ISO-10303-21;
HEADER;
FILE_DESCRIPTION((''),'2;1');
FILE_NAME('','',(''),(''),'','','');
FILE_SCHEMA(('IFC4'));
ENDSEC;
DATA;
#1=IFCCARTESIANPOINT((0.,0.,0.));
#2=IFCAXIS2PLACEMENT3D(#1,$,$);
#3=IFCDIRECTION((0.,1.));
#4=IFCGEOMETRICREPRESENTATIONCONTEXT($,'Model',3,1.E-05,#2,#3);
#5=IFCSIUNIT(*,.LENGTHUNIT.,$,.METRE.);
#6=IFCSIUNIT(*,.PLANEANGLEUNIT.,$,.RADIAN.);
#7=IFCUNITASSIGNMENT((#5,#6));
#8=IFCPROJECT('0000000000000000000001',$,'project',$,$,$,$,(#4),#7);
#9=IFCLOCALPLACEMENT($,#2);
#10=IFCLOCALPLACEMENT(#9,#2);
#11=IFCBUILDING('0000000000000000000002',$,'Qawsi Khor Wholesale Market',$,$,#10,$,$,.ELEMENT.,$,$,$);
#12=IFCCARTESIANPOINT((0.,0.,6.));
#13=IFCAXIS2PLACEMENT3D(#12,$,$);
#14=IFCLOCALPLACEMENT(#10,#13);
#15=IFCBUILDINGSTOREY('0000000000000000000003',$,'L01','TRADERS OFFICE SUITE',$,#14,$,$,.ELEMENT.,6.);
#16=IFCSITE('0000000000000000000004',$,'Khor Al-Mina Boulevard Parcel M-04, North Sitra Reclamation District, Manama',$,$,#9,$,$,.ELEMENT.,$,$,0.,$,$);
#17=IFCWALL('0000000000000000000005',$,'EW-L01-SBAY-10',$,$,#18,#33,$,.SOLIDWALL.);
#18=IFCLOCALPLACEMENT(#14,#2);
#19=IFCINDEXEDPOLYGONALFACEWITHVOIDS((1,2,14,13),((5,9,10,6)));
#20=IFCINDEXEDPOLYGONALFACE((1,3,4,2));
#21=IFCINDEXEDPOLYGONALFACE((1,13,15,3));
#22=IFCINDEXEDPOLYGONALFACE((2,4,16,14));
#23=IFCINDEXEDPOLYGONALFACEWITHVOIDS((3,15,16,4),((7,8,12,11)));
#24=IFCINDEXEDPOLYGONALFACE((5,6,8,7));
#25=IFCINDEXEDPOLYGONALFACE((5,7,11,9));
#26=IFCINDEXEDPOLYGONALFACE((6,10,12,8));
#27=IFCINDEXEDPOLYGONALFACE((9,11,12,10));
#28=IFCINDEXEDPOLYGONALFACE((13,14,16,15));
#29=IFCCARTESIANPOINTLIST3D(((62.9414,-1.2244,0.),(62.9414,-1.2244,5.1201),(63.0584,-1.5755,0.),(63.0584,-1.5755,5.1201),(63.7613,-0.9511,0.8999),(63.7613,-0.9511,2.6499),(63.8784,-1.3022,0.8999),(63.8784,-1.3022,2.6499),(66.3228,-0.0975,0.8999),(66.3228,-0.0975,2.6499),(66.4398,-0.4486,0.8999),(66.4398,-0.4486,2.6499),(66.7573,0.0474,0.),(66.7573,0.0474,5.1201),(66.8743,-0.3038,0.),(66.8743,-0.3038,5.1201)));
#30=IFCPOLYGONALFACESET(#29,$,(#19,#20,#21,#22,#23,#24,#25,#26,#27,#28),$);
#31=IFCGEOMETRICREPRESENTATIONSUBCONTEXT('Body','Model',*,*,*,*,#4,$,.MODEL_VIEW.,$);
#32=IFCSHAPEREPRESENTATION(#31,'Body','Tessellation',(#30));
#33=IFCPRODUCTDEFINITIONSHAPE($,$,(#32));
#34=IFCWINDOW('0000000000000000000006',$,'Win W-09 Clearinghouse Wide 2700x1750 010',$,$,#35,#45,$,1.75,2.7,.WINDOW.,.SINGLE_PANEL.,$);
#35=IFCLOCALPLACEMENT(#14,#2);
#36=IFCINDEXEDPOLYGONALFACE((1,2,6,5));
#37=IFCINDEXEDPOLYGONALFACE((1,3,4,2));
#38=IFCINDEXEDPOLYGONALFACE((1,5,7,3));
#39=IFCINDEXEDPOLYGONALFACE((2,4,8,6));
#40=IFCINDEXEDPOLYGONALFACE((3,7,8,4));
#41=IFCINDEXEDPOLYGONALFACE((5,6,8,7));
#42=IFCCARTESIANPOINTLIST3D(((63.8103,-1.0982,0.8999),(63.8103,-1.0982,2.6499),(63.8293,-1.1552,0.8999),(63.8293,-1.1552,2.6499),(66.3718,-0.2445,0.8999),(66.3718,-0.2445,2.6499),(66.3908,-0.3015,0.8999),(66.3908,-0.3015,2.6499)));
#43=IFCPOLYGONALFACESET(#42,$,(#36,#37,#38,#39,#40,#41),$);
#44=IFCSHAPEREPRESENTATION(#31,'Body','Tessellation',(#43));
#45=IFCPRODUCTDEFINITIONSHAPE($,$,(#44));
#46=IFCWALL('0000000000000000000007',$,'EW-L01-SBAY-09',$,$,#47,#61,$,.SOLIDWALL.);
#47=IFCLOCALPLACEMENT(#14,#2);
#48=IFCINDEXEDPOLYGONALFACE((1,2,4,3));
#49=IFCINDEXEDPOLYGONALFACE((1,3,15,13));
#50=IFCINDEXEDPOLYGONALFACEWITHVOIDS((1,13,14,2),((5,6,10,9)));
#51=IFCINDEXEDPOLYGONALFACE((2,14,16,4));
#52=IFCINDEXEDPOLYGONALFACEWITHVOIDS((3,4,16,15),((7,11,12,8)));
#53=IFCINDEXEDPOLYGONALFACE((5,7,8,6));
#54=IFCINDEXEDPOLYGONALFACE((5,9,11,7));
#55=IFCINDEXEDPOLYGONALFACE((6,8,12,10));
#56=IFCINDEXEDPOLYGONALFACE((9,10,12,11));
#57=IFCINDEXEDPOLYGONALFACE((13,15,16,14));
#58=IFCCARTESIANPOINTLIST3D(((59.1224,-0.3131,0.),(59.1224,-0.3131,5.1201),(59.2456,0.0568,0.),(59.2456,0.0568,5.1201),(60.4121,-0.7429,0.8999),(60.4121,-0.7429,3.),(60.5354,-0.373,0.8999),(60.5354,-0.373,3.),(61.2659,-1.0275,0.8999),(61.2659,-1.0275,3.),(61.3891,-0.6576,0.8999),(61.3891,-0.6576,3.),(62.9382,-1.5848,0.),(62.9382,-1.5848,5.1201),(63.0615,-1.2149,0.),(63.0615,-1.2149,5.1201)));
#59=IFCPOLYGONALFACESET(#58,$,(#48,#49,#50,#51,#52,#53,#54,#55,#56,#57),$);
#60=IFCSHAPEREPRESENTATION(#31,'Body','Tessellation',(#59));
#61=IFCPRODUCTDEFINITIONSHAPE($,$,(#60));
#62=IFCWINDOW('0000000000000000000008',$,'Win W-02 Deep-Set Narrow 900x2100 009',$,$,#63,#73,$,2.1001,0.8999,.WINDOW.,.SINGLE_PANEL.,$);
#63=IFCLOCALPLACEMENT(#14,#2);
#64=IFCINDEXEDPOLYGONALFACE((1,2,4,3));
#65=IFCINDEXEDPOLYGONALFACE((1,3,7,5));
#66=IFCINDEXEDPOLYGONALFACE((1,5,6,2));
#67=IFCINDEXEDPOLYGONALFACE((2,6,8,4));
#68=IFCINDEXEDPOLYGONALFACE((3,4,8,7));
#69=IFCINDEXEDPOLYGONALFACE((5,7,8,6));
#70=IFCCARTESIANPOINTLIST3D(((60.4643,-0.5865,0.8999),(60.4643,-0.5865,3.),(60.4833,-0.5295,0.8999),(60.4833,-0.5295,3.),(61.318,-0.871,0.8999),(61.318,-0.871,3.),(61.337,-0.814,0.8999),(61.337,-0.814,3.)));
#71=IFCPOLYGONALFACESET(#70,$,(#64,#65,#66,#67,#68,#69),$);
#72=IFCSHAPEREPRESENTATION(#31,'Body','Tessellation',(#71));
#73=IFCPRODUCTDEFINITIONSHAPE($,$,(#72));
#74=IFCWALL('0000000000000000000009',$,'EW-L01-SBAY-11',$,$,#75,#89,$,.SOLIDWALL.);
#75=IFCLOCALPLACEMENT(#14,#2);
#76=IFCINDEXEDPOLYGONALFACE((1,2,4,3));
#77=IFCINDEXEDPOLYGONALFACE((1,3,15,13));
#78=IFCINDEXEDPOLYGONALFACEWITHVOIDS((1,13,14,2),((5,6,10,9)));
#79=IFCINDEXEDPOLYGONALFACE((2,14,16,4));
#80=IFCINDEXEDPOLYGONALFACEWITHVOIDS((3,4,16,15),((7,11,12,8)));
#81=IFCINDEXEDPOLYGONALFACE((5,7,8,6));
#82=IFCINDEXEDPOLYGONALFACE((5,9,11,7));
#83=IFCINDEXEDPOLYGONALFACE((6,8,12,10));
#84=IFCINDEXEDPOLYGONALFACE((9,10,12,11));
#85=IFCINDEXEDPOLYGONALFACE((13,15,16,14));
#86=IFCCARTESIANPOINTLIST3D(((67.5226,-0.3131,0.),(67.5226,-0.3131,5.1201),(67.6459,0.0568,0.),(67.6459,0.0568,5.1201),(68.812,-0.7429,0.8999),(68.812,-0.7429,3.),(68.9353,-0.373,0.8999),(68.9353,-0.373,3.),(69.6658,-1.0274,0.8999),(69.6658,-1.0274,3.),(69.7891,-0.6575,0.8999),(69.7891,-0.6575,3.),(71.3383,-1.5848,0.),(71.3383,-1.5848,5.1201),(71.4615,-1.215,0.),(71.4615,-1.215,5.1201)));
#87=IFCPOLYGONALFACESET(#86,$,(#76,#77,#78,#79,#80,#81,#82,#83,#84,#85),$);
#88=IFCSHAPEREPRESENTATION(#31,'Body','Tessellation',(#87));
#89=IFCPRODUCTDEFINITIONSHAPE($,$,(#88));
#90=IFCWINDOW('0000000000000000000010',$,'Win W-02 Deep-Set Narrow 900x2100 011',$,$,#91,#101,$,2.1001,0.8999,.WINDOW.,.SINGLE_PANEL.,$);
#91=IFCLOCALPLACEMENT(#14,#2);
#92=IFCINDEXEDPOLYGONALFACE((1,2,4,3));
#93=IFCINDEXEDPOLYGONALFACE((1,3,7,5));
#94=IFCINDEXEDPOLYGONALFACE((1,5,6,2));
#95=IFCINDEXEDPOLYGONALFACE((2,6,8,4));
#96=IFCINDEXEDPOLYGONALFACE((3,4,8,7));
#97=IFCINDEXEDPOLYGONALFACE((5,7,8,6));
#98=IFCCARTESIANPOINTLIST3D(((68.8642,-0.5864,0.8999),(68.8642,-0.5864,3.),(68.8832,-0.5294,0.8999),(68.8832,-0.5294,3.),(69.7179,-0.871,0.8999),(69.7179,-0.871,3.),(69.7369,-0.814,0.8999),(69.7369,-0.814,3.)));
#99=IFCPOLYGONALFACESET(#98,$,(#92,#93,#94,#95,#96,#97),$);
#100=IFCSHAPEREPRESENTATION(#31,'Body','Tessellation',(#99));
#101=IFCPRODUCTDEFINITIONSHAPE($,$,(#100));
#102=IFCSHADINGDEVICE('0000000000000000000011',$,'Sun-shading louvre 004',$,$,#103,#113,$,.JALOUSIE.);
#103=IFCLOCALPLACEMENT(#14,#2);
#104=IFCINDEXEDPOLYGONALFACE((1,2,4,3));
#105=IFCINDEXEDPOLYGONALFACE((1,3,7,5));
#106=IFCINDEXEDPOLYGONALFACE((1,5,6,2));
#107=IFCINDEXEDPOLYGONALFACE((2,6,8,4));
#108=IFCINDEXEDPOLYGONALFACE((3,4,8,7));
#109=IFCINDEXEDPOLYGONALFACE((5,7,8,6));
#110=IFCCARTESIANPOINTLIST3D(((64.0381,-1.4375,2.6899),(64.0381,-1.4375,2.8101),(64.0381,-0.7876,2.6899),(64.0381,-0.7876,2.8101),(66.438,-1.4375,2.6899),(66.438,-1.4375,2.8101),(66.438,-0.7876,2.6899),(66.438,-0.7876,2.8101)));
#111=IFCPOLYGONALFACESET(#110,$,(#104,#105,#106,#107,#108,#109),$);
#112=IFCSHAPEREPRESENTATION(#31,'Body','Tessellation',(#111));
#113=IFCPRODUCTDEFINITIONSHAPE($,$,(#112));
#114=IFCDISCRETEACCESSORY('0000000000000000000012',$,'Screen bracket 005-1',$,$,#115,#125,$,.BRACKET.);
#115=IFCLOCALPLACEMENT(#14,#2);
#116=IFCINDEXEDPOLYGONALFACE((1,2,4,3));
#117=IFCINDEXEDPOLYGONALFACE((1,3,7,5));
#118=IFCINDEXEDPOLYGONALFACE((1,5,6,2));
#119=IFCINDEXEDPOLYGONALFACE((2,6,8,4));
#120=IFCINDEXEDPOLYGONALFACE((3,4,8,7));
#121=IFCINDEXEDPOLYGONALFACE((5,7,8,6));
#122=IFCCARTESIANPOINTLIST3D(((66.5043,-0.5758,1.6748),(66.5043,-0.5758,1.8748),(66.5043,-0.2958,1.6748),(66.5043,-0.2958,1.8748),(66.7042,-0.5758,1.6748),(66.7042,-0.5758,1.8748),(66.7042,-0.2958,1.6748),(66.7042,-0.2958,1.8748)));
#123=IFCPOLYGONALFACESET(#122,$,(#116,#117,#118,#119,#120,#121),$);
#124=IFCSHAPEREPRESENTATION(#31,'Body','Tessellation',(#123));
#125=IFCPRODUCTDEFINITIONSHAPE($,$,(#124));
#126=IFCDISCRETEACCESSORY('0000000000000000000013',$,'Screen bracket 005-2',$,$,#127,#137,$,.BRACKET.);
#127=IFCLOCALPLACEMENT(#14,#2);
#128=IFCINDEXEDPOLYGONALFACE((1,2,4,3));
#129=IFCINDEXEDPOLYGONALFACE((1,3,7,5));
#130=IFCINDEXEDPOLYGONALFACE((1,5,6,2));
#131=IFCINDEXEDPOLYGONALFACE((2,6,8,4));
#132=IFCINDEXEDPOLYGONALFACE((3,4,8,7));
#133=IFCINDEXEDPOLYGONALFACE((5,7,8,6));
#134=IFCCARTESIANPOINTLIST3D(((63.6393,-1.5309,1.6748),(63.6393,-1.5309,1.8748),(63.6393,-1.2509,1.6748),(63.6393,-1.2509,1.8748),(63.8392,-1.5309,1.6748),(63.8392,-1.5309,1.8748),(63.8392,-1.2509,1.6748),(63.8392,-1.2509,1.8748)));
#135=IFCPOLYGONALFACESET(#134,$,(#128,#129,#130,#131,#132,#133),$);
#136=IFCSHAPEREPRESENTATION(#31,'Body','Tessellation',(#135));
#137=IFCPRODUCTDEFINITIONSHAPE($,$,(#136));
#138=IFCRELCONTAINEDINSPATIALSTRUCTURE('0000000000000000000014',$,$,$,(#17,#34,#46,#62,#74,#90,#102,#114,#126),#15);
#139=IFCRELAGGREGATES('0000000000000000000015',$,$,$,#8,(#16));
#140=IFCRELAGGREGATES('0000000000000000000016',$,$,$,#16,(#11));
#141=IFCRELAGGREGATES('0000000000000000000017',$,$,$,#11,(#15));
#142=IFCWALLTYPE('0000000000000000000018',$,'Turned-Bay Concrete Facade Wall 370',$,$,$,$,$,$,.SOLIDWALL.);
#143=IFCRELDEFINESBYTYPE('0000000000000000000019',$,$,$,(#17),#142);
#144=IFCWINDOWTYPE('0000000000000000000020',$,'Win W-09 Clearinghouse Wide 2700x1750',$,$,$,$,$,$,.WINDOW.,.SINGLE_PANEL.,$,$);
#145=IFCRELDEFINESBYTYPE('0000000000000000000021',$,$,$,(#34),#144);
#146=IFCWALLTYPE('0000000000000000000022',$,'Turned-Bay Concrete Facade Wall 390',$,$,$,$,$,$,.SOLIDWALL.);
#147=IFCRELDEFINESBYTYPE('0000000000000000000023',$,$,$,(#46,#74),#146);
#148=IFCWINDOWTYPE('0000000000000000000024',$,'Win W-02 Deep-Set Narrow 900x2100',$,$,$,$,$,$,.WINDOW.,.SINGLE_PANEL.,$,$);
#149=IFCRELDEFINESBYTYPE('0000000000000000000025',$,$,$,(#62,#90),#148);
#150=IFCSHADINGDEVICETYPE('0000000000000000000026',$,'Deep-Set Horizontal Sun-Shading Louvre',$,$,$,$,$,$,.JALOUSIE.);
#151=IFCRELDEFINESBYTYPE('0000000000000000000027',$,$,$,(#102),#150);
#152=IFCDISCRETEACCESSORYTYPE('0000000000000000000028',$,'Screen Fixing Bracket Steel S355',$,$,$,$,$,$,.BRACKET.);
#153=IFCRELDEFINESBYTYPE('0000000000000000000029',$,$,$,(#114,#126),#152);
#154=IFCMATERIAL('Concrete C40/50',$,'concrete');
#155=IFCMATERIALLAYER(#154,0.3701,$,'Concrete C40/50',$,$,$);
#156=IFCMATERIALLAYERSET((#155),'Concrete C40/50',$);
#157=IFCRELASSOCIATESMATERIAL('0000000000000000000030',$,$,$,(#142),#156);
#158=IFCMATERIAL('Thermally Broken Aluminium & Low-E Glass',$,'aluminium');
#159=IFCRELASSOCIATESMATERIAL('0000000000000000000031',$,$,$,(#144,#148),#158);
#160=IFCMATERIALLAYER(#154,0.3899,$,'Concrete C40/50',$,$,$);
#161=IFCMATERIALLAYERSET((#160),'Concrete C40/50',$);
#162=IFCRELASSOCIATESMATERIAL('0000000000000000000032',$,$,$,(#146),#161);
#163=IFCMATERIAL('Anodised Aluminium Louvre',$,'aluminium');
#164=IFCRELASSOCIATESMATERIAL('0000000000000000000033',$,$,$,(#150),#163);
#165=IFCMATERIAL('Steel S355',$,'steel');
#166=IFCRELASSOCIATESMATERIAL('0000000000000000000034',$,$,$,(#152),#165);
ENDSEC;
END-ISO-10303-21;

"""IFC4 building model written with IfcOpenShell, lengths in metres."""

from ifc_helpers import new_model, si_unit, direction, frame, frame_2d, origin, origin_2d, place, context, subcontext, project, spatial, rectangle, extrude, material, layer, layer_set, type_object, element, fill, save


model = new_model("IFC4")

# Units and contexts
model_context = context("Model", 3, precision=1e-05, world=origin(), true_north=direction((0.0, 1.0)))
body_context = subcontext(model_context, "Body", "Model", "MODEL_VIEW")
ifc_project = project(units=[si_unit("LENGTHUNIT", "METRE"), si_unit("PLANEANGLEUNIT", "RADIAN")], contexts=[model_context])

# Site, building, storey
site_placement = place(None, origin())
site = spatial("IfcSite", under=ifc_project, at=site_placement, Name="Khor Al-Mina Boulevard Parcel M-04, North Sitra Reclamation District, Manama", CompositionType="ELEMENT", RefElevation=0.0)
building_placement = place(site_placement, origin())
building = spatial("IfcBuilding", under=site, at=building_placement, Name="Qawsi Khor Wholesale Market", CompositionType="ELEMENT")
storey_placement = place(building_placement, frame((0.0, 0.0, 6.0)))
storey = spatial("IfcBuildingStorey", under=building, at=storey_placement, Name="L01", Description="TRADERS OFFICE SUITE", CompositionType="ELEMENT", Elevation=6.0)

# Shared definitions
ifc_material_1 = material(Name="Concrete C40/50", Category="concrete")

# Shared definitions
ifc_material_2 = material(Name="Steel S355", Category="steel")

# Walls, openings, windows
ifc_layer_1 = layer(ifc_material_1, 0.3701, Name="Concrete C40/50")
ifc_layer_set_1 = layer_set([ifc_layer_1], Name="Concrete C40/50")
wall_type_1 = type_object("IfcWallType", Name="Turned-Bay Concrete Facade Wall 370", PredefinedType="SOLIDWALL", material=ifc_layer_set_1)
wall_1_placement = place(storey_placement, frame((66.8159, -0.1282, 0.0), z_axis=(0.0, 0.0, 1.0), x_axis=(-0.948702, -0.316173, 0.0)))
wall_1 = element("IfcWall", 1, at=wall_1_placement, inside=storey, type_object=wall_type_1, Name="EW-L01-SBAY-10", PredefinedType="SOLIDWALL", context=body_context, shape_type="SweptSolid", body=[
    extrude(rectangle(XDim=4.0222, YDim=0.3701, at=frame_2d((2.0112, 0.0))), origin(), (0.0, 0.0, 1.0), 5.1201),
])
opening_1_placement = place(wall_1_placement, frame((0.458, 0.0, 0.8999)))
opening_1 = element("IfcOpeningElement", 2, at=opening_1_placement, cuts=wall_1, PredefinedType="OPENING", context=body_context, shape_type="SweptSolid", body=[
    extrude(rectangle(XDim=2.7, YDim=1.75, at=frame_2d((1.3501, 0.875))), frame((0.0, 0.1951, 0.0), z_axis=(0.0, -1.0, 0.0), x_axis=(1.0, 0.0, 0.0)), (0.0, 0.0, 1.0), 0.3901),
])
ifc_material_3 = material(Name="Thermally Broken Aluminium & Low-E Glass", Category="aluminium")
window_type_1 = type_object("IfcWindowType", Name="Win W-09 Clearinghouse Wide 2700x1750", PartitioningType="SINGLE_PANEL", PredefinedType="WINDOW", material=ifc_material_3)
window_1_placement = place(opening_1_placement, origin())
window_1 = element("IfcWindow", 3, at=window_1_placement, inside=storey, type_object=window_type_1, Name="Win W-09 Clearinghouse Wide 2700x1750 010", OverallHeight=1.75, OverallWidth=2.7, PartitioningType="SINGLE_PANEL", PredefinedType="WINDOW", context=body_context, shape_type="SweptSolid", body=[
    extrude(rectangle(XDim=2.7, YDim=1.75, at=frame_2d((1.3501, 0.875))), frame((0.0, 0.03, 0.0), z_axis=(0.0, -1.0, 0.0), x_axis=(1.0, 0.0, 0.0)), (0.0, 0.0, 1.0), 0.0601),
])
fill(opening_1, window_1)
ifc_layer_2 = layer(ifc_material_1, 0.3899, Name="Concrete C40/50")
ifc_layer_set_2 = layer_set([ifc_layer_2], Name="Concrete C40/50")
wall_type_2 = type_object("IfcWallType", Name="Turned-Bay Concrete Facade Wall 390", PredefinedType="SOLIDWALL", material=ifc_layer_set_2)
wall_2_placement = place(storey_placement, frame((63.0, -1.3999, 0.0), z_axis=(0.0, 0.0, 1.0), x_axis=(-0.948702, 0.316173, 0.0)))
wall_2 = element("IfcWall", 4, at=wall_2_placement, inside=storey, type_object=wall_type_2, Name="EW-L01-SBAY-09", PredefinedType="SOLIDWALL", context=body_context, shape_type="SweptSolid", body=[
    extrude(rectangle(XDim=4.0222, YDim=0.3899, at=frame_2d((2.0112, 0.0))), origin(), (0.0, 0.0, 1.0), 5.1201),
])
opening_2_placement = place(wall_2_placement, frame((1.7629, 0.0, 0.8999)))
opening_2 = element("IfcOpeningElement", 5, at=opening_2_placement, cuts=wall_2, PredefinedType="OPENING", context=body_context, shape_type="SweptSolid", body=[
    extrude(rectangle(XDim=0.8999, YDim=2.1001, at=frame_2d((0.45, 1.05))), frame((0.0, 0.2048, 0.0), z_axis=(0.0, -1.0, 0.0), x_axis=(1.0, 0.0, 0.0)), (0.0, 0.0, 1.0), 0.4099),
])
window_type_2 = type_object("IfcWindowType", Name="Win W-02 Deep-Set Narrow 900x2100", PartitioningType="SINGLE_PANEL", PredefinedType="WINDOW", material=ifc_material_3)
window_2_placement = place(opening_2_placement, origin())
window_2 = element("IfcWindow", 6, at=window_2_placement, inside=storey, type_object=window_type_2, Name="Win W-02 Deep-Set Narrow 900x2100 009", OverallHeight=2.1001, OverallWidth=0.8999, PartitioningType="SINGLE_PANEL", PredefinedType="WINDOW", context=body_context, shape_type="SweptSolid", body=[
    extrude(rectangle(XDim=0.8999, YDim=2.1001, at=frame_2d((0.45, 1.05))), frame((0.0, 0.03, 0.0), z_axis=(0.0, -1.0, 0.0), x_axis=(1.0, 0.0, 0.0)), (0.0, 0.0, 1.0), 0.0601),
])
fill(opening_2, window_2)
wall_3_placement = place(storey_placement, frame((71.3999, -1.3999, 0.0), z_axis=(0.0, 0.0, 1.0), x_axis=(-0.948695, 0.316191, 0.0)))
wall_3 = element("IfcWall", 7, at=wall_3_placement, inside=storey, type_object=wall_type_2, Name="EW-L01-SBAY-11", PredefinedType="SOLIDWALL", context=body_context, shape_type="SweptSolid", body=[
    extrude(rectangle(XDim=4.022, YDim=0.3899, at=frame_2d((2.011, 0.0))), origin(), (0.0, 0.0, 1.0), 5.1201),
])
opening_3_placement = place(wall_3_placement, frame((1.7629, 0.0, 0.8999)))
opening_3 = element("IfcOpeningElement", 8, at=opening_3_placement, cuts=wall_3, PredefinedType="OPENING", context=body_context, shape_type="SweptSolid", body=[
    extrude(rectangle(XDim=0.8999, YDim=2.1001, at=frame_2d((0.45, 1.05))), frame((0.0, 0.2048, 0.0), z_axis=(0.0, -1.0, 0.0), x_axis=(1.0, 0.0, 0.0)), (0.0, 0.0, 1.0), 0.4099),
])
window_3_placement = place(opening_3_placement, origin())
window_3 = element("IfcWindow", 9, at=window_3_placement, inside=storey, type_object=window_type_2, Name="Win W-02 Deep-Set Narrow 900x2100 011", OverallHeight=2.1001, OverallWidth=0.8999, PartitioningType="SINGLE_PANEL", PredefinedType="WINDOW", context=body_context, shape_type="SweptSolid", body=[
    extrude(rectangle(XDim=0.8999, YDim=2.1001, at=frame_2d((0.45, 1.05))), frame((0.0, 0.03, 0.0), z_axis=(0.0, -1.0, 0.0), x_axis=(1.0, 0.0, 0.0)), (0.0, 0.0, 1.0), 0.0601),
])
fill(opening_3, window_3)

# Shading device
ifc_material_4 = material(Name="Anodised Aluminium Louvre", Category="aluminium")
shading_device_type = type_object("IfcShadingDeviceType", Name="Deep-Set Horizontal Sun-Shading Louvre", PredefinedType="JALOUSIE", material=ifc_material_4)
shading_device_placement = place(storey_placement, frame((65.238, -1.1125, 2.6899), z_axis=(0.0, 0.0, 1.0), x_axis=(1.0, 0.0, 0.0)))
element("IfcShadingDevice", 10, at=shading_device_placement, inside=storey, type_object=shading_device_type, Name="Sun-shading louvre 004", PredefinedType="JALOUSIE", context=body_context, shape_type="SweptSolid", body=[
    extrude(rectangle(XDim=2.3999, YDim=0.6499, at=origin_2d()), origin(), (0.0, 0.0, 1.0), 0.1201),
])

# Discrete accessories
discrete_accessory_type = type_object("IfcDiscreteAccessoryType", Name="Screen Fixing Bracket Steel S355", PredefinedType="BRACKET", material=ifc_material_2)
for number, where, z_axis, x_axis, name in (
    (11, (66.6042, -0.4358, 1.6748), (0.0, 0.0, 1.0), (1.0, 0.0, 0.0), "Screen bracket 005-1"),
    (12, (63.7393, -1.3909, 1.6748), (0.0, 0.0, 1.0), (1.0, 0.0, 0.0), "Screen bracket 005-2"),
):
    element("IfcDiscreteAccessory", number, at=place(storey_placement, frame(where, z_axis=z_axis, x_axis=x_axis)), inside=storey, type_object=discrete_accessory_type, Name=name, PredefinedType="BRACKET", context=body_context, shape_type="SweptSolid", body=[
        extrude(rectangle(XDim=0.2, YDim=0.28, at=origin_2d()), origin(), (0.0, 0.0, 1.0), 0.2),
    ])

save(model, "model.ifc")
